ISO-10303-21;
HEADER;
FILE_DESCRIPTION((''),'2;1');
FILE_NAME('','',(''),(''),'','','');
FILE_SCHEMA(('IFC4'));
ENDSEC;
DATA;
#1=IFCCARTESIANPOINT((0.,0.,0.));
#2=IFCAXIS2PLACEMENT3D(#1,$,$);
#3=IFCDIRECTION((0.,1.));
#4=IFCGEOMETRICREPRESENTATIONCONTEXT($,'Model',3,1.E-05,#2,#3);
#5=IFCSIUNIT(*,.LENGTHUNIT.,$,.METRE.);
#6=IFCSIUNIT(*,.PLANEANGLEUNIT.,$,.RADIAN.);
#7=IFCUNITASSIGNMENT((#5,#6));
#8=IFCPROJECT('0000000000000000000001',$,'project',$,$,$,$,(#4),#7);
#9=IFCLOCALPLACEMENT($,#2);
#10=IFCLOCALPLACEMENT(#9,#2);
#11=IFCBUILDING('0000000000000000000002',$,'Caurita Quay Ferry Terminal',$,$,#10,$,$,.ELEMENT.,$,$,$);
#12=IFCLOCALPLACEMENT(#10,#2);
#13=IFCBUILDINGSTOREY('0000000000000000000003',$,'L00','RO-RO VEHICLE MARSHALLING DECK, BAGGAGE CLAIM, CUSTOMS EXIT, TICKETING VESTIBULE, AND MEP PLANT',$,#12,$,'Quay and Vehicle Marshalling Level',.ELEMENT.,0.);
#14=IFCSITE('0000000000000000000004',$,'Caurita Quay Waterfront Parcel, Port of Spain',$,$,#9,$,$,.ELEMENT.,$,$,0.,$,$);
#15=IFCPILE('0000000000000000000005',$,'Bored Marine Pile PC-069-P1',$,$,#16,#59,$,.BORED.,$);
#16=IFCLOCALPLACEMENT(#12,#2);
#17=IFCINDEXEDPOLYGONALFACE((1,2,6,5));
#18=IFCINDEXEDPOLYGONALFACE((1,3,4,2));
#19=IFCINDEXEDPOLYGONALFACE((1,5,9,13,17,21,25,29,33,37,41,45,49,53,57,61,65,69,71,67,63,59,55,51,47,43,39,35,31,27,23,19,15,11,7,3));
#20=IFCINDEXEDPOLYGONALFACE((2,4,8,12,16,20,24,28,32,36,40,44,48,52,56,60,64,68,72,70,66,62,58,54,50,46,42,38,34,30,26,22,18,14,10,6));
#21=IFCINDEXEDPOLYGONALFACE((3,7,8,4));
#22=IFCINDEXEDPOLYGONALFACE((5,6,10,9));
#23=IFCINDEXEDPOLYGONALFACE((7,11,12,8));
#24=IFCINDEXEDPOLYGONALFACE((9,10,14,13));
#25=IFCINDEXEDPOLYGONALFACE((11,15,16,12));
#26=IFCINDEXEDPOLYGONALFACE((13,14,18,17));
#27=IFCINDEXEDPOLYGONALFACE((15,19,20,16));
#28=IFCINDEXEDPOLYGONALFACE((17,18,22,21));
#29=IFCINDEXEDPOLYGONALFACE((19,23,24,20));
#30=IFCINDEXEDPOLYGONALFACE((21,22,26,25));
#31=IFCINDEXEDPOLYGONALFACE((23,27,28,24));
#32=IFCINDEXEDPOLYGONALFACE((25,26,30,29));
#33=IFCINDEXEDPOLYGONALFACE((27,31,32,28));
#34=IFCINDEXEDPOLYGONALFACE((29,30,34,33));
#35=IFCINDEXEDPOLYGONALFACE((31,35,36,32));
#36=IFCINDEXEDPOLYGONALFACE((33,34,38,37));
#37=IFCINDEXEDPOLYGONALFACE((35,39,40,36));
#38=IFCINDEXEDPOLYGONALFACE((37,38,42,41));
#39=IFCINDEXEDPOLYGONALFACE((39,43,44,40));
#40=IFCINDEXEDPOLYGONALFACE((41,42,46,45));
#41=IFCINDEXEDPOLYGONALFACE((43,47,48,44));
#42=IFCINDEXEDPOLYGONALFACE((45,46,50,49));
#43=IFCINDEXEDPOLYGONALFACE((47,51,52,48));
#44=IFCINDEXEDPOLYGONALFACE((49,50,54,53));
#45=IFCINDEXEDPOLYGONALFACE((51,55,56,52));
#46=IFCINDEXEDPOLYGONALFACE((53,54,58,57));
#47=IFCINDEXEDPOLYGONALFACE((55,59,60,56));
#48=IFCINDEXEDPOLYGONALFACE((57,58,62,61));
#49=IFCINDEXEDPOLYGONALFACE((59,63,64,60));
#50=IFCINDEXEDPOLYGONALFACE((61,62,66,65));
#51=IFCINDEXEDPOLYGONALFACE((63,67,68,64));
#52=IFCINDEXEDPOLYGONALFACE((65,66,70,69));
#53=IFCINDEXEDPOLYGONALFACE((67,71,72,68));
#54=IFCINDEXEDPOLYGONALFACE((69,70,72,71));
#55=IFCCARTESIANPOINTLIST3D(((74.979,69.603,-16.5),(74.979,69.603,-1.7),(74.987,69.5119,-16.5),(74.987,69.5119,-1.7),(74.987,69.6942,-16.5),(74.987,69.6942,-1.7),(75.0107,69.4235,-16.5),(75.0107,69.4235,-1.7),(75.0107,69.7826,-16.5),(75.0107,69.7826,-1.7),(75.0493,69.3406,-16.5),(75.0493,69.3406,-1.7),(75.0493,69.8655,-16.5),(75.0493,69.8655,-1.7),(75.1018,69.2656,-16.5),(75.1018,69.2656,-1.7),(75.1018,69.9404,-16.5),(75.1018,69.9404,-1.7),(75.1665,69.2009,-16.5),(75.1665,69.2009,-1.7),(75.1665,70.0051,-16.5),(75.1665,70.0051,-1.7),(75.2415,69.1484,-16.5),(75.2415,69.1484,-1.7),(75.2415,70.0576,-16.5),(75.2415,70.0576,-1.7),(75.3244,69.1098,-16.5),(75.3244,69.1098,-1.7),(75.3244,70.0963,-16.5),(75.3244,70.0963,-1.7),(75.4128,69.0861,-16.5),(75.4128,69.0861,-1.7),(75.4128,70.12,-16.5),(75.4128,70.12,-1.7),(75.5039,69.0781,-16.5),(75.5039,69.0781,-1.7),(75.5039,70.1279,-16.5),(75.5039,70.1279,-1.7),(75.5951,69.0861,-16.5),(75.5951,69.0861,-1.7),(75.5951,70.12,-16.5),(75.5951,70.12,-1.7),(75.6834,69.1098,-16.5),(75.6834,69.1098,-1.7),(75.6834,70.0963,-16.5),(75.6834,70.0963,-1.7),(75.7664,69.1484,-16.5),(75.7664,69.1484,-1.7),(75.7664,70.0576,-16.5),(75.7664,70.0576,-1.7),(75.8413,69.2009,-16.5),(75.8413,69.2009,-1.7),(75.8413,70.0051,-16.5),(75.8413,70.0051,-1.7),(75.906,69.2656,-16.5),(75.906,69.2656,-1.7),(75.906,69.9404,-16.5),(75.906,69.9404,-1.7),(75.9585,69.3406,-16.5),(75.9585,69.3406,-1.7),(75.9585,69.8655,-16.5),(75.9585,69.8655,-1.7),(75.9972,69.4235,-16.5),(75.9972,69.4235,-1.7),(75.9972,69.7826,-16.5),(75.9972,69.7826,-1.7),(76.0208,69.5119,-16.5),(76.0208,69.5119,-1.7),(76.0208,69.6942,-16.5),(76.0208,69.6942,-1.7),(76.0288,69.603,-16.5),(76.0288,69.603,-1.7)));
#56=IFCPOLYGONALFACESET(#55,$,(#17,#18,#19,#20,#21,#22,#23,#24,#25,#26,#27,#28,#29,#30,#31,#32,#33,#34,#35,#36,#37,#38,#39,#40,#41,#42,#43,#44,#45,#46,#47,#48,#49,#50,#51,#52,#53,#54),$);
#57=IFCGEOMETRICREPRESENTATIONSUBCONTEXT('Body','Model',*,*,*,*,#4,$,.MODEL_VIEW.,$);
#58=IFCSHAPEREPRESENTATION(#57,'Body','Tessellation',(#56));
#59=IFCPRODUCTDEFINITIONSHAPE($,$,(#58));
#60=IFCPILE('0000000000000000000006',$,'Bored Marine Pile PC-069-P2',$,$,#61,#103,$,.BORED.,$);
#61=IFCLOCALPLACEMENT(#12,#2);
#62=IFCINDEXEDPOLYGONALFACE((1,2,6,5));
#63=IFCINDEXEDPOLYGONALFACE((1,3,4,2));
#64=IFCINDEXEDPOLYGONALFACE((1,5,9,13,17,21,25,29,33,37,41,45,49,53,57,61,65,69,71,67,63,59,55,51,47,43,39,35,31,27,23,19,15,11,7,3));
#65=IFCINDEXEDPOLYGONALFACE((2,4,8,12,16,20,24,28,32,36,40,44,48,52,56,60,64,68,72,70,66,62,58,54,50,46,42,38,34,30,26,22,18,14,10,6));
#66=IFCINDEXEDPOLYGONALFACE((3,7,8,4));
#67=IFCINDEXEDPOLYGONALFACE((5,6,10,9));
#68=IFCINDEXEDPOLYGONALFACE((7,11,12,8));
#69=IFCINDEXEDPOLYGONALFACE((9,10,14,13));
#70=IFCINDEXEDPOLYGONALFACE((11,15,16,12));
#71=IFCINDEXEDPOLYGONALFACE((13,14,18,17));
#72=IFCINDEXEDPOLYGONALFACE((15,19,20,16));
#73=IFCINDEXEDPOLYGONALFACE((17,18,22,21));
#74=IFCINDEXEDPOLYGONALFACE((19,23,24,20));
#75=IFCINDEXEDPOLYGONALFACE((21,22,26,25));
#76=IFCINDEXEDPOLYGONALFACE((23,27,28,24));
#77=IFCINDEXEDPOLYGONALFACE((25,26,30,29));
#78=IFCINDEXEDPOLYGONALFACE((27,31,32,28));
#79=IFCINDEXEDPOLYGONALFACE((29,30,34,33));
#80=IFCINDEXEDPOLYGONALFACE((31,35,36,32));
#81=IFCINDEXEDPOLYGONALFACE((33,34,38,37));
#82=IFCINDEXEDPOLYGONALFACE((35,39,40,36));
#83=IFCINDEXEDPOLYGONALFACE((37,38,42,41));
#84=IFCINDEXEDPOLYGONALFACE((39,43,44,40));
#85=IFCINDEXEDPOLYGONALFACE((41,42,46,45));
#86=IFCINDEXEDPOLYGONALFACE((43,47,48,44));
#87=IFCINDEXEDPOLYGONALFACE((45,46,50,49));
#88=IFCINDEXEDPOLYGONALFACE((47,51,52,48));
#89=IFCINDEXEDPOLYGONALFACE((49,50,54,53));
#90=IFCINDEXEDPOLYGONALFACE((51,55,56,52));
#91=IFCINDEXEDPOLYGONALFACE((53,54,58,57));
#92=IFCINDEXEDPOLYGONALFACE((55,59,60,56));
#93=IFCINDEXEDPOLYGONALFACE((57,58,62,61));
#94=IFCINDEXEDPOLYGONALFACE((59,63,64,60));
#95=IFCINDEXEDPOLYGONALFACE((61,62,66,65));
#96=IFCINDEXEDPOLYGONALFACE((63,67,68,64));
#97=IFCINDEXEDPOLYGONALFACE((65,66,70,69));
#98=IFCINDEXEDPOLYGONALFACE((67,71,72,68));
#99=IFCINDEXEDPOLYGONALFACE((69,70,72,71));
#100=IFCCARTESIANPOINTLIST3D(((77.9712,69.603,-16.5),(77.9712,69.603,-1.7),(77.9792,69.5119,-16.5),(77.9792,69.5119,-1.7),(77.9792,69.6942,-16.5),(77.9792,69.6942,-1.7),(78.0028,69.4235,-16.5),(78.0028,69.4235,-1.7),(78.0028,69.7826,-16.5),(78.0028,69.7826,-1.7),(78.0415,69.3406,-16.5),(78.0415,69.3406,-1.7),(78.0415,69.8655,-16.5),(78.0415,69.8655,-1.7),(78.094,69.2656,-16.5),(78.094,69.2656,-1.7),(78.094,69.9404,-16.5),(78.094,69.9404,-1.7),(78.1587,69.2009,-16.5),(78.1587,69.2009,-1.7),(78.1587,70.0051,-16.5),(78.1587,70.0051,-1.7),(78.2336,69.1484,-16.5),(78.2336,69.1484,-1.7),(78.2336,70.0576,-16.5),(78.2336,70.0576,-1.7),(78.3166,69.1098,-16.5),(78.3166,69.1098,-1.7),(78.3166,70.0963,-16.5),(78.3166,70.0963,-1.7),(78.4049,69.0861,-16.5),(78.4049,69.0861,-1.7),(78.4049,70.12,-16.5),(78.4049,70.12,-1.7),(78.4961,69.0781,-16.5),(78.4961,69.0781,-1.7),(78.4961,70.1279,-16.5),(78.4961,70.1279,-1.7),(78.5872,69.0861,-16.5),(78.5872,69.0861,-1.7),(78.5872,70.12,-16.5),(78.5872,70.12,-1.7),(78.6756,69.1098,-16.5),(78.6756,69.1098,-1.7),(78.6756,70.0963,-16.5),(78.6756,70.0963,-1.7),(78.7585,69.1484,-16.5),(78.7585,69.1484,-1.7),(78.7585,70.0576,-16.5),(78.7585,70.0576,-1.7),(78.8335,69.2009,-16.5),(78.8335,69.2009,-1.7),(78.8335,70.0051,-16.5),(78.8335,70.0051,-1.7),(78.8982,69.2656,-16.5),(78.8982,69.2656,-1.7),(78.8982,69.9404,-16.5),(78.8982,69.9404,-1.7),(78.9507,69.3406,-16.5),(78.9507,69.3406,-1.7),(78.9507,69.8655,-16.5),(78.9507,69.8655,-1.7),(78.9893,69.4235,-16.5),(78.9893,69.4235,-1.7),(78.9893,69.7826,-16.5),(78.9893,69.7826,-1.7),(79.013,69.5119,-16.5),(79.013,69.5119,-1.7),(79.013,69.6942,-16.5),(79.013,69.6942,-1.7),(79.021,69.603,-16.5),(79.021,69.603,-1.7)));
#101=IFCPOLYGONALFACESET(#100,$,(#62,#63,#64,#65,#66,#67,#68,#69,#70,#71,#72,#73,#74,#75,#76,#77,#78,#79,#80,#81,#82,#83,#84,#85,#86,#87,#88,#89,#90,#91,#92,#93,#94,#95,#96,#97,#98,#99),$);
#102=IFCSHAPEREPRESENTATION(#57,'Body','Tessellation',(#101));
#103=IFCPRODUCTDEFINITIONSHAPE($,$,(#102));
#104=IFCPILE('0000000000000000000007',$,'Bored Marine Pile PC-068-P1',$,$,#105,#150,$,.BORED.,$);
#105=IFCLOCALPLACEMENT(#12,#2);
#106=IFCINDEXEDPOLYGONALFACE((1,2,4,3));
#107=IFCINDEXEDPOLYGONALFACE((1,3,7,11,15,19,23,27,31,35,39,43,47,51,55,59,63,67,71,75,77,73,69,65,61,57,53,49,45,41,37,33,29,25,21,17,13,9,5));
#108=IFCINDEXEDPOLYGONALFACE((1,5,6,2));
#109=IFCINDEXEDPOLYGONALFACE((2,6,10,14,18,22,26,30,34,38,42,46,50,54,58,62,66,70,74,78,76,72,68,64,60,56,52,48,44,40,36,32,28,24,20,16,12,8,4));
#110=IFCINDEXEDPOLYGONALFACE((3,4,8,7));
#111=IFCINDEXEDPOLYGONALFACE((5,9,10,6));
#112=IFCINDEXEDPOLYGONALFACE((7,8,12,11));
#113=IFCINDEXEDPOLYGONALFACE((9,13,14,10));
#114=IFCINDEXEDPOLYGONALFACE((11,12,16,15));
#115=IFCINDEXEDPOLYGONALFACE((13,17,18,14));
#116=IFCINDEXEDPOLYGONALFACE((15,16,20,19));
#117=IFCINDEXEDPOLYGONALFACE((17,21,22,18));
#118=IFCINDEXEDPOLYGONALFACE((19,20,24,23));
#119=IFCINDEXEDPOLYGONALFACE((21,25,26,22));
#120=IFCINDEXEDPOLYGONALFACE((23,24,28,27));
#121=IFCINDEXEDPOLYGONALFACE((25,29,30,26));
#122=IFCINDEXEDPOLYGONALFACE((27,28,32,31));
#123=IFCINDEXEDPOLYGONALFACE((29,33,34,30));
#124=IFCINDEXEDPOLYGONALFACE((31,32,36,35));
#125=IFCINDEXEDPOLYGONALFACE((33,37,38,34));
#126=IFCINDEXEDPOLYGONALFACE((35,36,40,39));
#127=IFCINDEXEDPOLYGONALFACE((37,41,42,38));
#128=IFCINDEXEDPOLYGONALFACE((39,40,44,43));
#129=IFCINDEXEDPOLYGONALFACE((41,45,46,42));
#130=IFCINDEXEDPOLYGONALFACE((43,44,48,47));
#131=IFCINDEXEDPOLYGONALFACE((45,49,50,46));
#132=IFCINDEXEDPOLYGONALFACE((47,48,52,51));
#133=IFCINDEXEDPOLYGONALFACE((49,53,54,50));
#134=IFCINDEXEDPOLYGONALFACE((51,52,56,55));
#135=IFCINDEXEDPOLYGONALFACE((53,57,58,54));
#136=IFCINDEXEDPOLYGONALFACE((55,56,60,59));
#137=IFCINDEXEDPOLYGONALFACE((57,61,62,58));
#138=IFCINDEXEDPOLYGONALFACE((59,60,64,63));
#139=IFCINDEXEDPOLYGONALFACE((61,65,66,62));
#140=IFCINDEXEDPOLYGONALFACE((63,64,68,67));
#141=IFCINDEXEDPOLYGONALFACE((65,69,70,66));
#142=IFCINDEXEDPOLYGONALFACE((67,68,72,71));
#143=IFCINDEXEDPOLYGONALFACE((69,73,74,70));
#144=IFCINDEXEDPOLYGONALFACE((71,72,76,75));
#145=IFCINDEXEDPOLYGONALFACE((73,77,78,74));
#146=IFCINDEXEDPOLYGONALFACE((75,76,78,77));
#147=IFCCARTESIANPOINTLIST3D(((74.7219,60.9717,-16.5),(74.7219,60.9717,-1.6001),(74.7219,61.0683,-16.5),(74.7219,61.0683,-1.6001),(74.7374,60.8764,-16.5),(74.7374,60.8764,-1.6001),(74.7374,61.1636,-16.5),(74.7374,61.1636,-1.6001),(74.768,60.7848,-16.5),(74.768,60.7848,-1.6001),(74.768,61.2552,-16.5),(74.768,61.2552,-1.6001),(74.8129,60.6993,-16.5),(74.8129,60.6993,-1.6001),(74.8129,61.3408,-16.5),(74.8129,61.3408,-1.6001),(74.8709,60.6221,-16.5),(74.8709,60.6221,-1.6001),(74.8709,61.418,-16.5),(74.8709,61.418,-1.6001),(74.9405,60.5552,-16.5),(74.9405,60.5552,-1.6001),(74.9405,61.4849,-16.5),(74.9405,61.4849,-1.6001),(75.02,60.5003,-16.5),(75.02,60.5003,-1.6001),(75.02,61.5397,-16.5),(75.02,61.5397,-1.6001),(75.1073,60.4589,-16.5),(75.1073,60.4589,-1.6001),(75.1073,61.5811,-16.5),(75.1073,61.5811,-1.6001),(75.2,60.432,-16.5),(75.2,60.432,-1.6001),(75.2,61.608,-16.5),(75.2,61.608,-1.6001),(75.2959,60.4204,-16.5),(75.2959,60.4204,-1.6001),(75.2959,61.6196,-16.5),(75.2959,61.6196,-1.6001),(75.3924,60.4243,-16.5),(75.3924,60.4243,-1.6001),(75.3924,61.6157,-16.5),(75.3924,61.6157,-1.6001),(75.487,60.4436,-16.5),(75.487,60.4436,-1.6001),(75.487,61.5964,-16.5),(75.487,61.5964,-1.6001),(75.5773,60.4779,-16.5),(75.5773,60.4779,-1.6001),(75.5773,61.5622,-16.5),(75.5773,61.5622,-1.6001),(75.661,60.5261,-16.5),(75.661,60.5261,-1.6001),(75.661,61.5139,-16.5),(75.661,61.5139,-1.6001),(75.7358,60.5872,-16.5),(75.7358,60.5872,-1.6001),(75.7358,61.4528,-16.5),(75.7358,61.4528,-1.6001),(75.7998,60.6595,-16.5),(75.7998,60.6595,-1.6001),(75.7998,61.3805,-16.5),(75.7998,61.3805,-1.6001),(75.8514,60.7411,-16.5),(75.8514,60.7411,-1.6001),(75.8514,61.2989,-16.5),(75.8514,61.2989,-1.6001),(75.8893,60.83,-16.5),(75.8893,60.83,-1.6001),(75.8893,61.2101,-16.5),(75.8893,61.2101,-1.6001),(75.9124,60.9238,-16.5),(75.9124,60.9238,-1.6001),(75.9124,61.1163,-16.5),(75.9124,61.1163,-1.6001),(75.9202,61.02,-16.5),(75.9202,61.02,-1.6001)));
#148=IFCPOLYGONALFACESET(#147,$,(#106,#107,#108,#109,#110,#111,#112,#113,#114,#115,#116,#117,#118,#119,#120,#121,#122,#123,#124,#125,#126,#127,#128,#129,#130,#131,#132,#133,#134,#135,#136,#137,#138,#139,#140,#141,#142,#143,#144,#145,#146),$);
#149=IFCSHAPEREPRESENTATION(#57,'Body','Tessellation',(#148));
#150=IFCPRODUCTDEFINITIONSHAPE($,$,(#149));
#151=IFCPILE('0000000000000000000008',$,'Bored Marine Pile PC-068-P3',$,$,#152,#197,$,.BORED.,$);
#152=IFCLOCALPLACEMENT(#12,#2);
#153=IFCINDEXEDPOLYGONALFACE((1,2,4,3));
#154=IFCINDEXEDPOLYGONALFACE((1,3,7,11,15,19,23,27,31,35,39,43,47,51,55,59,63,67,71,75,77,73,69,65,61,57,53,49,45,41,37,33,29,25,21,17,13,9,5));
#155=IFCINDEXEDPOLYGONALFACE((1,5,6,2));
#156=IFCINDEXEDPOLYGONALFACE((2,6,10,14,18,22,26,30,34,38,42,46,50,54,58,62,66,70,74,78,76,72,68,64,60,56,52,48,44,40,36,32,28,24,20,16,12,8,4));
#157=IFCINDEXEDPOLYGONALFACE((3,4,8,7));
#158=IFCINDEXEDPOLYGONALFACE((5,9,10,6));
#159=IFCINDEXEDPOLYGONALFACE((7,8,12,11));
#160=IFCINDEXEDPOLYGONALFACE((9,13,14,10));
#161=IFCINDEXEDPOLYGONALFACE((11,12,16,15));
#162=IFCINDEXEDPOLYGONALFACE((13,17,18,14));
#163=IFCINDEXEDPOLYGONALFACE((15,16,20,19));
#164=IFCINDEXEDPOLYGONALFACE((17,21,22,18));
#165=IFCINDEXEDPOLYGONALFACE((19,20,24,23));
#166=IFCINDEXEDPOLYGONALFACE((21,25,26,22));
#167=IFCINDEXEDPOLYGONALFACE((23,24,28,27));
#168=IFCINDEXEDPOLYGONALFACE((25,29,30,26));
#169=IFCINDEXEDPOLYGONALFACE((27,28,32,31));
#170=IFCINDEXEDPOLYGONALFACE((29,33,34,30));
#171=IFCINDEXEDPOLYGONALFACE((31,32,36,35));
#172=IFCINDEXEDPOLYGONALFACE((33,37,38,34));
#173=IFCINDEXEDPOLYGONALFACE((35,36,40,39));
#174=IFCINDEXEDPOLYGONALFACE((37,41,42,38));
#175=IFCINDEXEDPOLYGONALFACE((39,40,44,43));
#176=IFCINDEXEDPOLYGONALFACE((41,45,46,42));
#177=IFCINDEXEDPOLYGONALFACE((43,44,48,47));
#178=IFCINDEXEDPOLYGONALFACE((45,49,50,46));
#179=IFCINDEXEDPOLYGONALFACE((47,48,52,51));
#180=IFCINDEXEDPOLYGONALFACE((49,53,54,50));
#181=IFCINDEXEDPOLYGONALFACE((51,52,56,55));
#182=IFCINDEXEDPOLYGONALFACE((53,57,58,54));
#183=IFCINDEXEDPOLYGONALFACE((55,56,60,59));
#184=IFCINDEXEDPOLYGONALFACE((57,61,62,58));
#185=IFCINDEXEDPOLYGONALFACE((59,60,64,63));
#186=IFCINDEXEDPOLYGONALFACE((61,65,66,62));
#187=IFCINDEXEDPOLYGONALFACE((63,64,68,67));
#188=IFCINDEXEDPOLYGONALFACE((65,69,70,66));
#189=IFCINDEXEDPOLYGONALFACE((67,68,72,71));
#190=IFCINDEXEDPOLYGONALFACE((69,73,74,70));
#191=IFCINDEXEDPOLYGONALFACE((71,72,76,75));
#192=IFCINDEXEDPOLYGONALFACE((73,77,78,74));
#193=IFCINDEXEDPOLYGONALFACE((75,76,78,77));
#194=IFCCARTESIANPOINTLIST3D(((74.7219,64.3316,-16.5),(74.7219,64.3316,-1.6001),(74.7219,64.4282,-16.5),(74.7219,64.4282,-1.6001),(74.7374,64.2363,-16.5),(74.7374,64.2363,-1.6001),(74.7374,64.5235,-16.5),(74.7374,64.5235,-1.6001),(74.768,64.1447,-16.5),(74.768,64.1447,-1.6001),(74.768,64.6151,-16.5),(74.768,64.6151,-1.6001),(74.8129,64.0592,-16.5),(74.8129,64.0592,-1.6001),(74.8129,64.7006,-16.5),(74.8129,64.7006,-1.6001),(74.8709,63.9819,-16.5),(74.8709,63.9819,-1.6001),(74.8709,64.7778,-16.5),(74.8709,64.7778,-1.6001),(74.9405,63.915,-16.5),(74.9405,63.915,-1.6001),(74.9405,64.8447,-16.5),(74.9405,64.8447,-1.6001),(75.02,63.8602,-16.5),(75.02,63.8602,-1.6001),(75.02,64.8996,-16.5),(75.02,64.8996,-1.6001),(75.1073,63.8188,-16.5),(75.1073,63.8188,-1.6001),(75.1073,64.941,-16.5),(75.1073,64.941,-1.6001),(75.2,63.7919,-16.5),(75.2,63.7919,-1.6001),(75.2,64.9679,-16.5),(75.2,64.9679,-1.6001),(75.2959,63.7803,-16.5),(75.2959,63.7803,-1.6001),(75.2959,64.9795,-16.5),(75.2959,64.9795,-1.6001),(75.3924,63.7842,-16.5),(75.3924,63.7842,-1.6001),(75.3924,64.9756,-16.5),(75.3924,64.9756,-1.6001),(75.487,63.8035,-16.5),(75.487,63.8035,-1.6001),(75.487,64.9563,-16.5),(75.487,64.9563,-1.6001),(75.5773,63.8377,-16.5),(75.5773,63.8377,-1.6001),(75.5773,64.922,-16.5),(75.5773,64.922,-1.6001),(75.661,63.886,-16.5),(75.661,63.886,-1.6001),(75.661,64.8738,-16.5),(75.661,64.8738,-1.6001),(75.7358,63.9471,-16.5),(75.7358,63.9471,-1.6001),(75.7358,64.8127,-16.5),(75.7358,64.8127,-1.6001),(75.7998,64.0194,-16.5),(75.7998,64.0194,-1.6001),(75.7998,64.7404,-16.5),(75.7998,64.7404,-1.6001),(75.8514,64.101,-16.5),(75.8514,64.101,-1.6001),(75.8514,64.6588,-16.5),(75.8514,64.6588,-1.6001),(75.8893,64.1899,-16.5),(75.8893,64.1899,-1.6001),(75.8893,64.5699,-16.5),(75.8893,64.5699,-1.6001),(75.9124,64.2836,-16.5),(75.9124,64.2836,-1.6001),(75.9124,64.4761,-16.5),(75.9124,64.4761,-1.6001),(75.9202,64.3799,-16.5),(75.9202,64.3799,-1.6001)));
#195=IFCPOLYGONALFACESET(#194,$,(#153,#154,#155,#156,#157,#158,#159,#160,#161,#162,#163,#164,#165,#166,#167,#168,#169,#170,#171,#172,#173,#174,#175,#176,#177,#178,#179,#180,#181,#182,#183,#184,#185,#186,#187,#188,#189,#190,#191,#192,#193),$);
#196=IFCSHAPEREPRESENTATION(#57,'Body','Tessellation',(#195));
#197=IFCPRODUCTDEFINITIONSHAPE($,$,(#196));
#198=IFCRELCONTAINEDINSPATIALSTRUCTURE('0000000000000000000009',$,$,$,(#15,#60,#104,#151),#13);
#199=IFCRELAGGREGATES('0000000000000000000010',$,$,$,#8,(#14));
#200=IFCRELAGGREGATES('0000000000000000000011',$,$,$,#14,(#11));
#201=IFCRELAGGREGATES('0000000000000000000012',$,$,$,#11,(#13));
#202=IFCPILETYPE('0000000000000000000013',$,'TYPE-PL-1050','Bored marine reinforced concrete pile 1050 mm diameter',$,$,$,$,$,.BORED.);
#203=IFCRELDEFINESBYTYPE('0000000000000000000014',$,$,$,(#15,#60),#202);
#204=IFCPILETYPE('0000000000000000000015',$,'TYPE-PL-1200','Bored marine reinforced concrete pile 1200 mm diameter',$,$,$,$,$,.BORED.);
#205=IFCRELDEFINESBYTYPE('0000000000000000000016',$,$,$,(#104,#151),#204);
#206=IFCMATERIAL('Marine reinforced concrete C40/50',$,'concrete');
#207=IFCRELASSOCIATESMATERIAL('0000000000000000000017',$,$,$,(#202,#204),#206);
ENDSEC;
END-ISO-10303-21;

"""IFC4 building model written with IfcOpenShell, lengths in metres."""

from ifc_helpers import new_model, si_unit, direction, frame, origin, origin_2d, place, context, subcontext, project, spatial, circle, extrude, material, material_profile, profile_set, type_object, element, save


model = new_model("IFC4")

# Units and contexts
model_context = context("Model", 3, precision=1e-05, world=origin(), true_north=direction((0.0, 1.0)))
body_context = subcontext(model_context, "Body", "Model", "MODEL_VIEW")
ifc_project = project(units=[si_unit("LENGTHUNIT", "METRE"), si_unit("PLANEANGLEUNIT", "RADIAN")], contexts=[model_context])

# Site, building, storey
site_placement = place(None, origin())
site = spatial("IfcSite", under=ifc_project, at=site_placement, Name="Caurita Quay Waterfront Parcel, Port of Spain", CompositionType="ELEMENT", RefElevation=0.0)
building_placement = place(site_placement, origin())
building = spatial("IfcBuilding", under=site, at=building_placement, Name="Caurita Quay Ferry Terminal", CompositionType="ELEMENT")
storey_placement = place(building_placement, origin())
storey = spatial("IfcBuildingStorey", under=building, at=storey_placement, Name="L00", Description="RO-RO VEHICLE MARSHALLING DECK, BAGGAGE CLAIM, CUSTOMS EXIT, TICKETING VESTIBULE, AND MEP PLANT", LongName="Quay and Vehicle Marshalling Level", CompositionType="ELEMENT", Elevation=0.0)

# Piles
ifc_material_1 = material(Name="Marine reinforced concrete C40/50", Category="concrete")
ifc_material_profile_1 = material_profile(ifc_material_1, circle(Radius=0.5249, at=origin_2d()), Name="PILE-D1050")
ifc_profile_set_1 = profile_set([ifc_material_profile_1], Name="Marine reinforced concrete C40/50")
pile_type_1 = type_object("IfcPileType", Name="TYPE-PL-1050", Description="Bored marine reinforced concrete pile 1050 mm diameter", PredefinedType="BORED", material=ifc_profile_set_1)
for number, where, z_axis, x_axis, name in (
    (1, (75.5039, 69.603, -1.7), (0.0, 0.0, -1.0), (1.0, 0.0, 0.0), "Bored Marine Pile PC-069-P1"),
    (2, (78.4961, 69.603, -1.7), (0.0, 0.0, -1.0), (1.0, 0.0, 0.0), "Bored Marine Pile PC-069-P2"),
):
    element("IfcPile", number, at=place(storey_placement, frame(where, z_axis=z_axis, x_axis=x_axis)), inside=storey, type_object=pile_type_1, Name=name, PredefinedType="BORED", context=body_context, shape_type="SweptSolid", body=[
        extrude(circle(Radius=0.5249, at=origin_2d()), origin(), (0.0, 0.0, 1.0), 14.8),
    ])
ifc_material_profile_2 = material_profile(ifc_material_1, circle(Radius=0.6001, at=origin_2d()), Name="PILE-D1200")
ifc_profile_set_2 = profile_set([ifc_material_profile_2], Name="Marine reinforced concrete C40/50")
pile_type_2 = type_object("IfcPileType", Name="TYPE-PL-1200", Description="Bored marine reinforced concrete pile 1200 mm diameter", PredefinedType="BORED", material=ifc_profile_set_2)
for number, where, z_axis, x_axis, name in (
    (3, (75.3201, 61.02, -1.6001), (0.0, 0.0, -1.0), (1.0, 0.0, 0.0), "Bored Marine Pile PC-068-P1"),
    (4, (75.3201, 64.3799, -1.6001), (0.0, 0.0, -1.0), (1.0, 0.0, 0.0), "Bored Marine Pile PC-068-P3"),
):
    element("IfcPile", number, at=place(storey_placement, frame(where, z_axis=z_axis, x_axis=x_axis)), inside=storey, type_object=pile_type_2, Name=name, PredefinedType="BORED", context=body_context, shape_type="SweptSolid", body=[
        extrude(circle(Radius=0.6001, at=origin_2d()), origin(), (0.0, 0.0, 1.0), 14.8999),
    ])

save(model, "model.ifc")
